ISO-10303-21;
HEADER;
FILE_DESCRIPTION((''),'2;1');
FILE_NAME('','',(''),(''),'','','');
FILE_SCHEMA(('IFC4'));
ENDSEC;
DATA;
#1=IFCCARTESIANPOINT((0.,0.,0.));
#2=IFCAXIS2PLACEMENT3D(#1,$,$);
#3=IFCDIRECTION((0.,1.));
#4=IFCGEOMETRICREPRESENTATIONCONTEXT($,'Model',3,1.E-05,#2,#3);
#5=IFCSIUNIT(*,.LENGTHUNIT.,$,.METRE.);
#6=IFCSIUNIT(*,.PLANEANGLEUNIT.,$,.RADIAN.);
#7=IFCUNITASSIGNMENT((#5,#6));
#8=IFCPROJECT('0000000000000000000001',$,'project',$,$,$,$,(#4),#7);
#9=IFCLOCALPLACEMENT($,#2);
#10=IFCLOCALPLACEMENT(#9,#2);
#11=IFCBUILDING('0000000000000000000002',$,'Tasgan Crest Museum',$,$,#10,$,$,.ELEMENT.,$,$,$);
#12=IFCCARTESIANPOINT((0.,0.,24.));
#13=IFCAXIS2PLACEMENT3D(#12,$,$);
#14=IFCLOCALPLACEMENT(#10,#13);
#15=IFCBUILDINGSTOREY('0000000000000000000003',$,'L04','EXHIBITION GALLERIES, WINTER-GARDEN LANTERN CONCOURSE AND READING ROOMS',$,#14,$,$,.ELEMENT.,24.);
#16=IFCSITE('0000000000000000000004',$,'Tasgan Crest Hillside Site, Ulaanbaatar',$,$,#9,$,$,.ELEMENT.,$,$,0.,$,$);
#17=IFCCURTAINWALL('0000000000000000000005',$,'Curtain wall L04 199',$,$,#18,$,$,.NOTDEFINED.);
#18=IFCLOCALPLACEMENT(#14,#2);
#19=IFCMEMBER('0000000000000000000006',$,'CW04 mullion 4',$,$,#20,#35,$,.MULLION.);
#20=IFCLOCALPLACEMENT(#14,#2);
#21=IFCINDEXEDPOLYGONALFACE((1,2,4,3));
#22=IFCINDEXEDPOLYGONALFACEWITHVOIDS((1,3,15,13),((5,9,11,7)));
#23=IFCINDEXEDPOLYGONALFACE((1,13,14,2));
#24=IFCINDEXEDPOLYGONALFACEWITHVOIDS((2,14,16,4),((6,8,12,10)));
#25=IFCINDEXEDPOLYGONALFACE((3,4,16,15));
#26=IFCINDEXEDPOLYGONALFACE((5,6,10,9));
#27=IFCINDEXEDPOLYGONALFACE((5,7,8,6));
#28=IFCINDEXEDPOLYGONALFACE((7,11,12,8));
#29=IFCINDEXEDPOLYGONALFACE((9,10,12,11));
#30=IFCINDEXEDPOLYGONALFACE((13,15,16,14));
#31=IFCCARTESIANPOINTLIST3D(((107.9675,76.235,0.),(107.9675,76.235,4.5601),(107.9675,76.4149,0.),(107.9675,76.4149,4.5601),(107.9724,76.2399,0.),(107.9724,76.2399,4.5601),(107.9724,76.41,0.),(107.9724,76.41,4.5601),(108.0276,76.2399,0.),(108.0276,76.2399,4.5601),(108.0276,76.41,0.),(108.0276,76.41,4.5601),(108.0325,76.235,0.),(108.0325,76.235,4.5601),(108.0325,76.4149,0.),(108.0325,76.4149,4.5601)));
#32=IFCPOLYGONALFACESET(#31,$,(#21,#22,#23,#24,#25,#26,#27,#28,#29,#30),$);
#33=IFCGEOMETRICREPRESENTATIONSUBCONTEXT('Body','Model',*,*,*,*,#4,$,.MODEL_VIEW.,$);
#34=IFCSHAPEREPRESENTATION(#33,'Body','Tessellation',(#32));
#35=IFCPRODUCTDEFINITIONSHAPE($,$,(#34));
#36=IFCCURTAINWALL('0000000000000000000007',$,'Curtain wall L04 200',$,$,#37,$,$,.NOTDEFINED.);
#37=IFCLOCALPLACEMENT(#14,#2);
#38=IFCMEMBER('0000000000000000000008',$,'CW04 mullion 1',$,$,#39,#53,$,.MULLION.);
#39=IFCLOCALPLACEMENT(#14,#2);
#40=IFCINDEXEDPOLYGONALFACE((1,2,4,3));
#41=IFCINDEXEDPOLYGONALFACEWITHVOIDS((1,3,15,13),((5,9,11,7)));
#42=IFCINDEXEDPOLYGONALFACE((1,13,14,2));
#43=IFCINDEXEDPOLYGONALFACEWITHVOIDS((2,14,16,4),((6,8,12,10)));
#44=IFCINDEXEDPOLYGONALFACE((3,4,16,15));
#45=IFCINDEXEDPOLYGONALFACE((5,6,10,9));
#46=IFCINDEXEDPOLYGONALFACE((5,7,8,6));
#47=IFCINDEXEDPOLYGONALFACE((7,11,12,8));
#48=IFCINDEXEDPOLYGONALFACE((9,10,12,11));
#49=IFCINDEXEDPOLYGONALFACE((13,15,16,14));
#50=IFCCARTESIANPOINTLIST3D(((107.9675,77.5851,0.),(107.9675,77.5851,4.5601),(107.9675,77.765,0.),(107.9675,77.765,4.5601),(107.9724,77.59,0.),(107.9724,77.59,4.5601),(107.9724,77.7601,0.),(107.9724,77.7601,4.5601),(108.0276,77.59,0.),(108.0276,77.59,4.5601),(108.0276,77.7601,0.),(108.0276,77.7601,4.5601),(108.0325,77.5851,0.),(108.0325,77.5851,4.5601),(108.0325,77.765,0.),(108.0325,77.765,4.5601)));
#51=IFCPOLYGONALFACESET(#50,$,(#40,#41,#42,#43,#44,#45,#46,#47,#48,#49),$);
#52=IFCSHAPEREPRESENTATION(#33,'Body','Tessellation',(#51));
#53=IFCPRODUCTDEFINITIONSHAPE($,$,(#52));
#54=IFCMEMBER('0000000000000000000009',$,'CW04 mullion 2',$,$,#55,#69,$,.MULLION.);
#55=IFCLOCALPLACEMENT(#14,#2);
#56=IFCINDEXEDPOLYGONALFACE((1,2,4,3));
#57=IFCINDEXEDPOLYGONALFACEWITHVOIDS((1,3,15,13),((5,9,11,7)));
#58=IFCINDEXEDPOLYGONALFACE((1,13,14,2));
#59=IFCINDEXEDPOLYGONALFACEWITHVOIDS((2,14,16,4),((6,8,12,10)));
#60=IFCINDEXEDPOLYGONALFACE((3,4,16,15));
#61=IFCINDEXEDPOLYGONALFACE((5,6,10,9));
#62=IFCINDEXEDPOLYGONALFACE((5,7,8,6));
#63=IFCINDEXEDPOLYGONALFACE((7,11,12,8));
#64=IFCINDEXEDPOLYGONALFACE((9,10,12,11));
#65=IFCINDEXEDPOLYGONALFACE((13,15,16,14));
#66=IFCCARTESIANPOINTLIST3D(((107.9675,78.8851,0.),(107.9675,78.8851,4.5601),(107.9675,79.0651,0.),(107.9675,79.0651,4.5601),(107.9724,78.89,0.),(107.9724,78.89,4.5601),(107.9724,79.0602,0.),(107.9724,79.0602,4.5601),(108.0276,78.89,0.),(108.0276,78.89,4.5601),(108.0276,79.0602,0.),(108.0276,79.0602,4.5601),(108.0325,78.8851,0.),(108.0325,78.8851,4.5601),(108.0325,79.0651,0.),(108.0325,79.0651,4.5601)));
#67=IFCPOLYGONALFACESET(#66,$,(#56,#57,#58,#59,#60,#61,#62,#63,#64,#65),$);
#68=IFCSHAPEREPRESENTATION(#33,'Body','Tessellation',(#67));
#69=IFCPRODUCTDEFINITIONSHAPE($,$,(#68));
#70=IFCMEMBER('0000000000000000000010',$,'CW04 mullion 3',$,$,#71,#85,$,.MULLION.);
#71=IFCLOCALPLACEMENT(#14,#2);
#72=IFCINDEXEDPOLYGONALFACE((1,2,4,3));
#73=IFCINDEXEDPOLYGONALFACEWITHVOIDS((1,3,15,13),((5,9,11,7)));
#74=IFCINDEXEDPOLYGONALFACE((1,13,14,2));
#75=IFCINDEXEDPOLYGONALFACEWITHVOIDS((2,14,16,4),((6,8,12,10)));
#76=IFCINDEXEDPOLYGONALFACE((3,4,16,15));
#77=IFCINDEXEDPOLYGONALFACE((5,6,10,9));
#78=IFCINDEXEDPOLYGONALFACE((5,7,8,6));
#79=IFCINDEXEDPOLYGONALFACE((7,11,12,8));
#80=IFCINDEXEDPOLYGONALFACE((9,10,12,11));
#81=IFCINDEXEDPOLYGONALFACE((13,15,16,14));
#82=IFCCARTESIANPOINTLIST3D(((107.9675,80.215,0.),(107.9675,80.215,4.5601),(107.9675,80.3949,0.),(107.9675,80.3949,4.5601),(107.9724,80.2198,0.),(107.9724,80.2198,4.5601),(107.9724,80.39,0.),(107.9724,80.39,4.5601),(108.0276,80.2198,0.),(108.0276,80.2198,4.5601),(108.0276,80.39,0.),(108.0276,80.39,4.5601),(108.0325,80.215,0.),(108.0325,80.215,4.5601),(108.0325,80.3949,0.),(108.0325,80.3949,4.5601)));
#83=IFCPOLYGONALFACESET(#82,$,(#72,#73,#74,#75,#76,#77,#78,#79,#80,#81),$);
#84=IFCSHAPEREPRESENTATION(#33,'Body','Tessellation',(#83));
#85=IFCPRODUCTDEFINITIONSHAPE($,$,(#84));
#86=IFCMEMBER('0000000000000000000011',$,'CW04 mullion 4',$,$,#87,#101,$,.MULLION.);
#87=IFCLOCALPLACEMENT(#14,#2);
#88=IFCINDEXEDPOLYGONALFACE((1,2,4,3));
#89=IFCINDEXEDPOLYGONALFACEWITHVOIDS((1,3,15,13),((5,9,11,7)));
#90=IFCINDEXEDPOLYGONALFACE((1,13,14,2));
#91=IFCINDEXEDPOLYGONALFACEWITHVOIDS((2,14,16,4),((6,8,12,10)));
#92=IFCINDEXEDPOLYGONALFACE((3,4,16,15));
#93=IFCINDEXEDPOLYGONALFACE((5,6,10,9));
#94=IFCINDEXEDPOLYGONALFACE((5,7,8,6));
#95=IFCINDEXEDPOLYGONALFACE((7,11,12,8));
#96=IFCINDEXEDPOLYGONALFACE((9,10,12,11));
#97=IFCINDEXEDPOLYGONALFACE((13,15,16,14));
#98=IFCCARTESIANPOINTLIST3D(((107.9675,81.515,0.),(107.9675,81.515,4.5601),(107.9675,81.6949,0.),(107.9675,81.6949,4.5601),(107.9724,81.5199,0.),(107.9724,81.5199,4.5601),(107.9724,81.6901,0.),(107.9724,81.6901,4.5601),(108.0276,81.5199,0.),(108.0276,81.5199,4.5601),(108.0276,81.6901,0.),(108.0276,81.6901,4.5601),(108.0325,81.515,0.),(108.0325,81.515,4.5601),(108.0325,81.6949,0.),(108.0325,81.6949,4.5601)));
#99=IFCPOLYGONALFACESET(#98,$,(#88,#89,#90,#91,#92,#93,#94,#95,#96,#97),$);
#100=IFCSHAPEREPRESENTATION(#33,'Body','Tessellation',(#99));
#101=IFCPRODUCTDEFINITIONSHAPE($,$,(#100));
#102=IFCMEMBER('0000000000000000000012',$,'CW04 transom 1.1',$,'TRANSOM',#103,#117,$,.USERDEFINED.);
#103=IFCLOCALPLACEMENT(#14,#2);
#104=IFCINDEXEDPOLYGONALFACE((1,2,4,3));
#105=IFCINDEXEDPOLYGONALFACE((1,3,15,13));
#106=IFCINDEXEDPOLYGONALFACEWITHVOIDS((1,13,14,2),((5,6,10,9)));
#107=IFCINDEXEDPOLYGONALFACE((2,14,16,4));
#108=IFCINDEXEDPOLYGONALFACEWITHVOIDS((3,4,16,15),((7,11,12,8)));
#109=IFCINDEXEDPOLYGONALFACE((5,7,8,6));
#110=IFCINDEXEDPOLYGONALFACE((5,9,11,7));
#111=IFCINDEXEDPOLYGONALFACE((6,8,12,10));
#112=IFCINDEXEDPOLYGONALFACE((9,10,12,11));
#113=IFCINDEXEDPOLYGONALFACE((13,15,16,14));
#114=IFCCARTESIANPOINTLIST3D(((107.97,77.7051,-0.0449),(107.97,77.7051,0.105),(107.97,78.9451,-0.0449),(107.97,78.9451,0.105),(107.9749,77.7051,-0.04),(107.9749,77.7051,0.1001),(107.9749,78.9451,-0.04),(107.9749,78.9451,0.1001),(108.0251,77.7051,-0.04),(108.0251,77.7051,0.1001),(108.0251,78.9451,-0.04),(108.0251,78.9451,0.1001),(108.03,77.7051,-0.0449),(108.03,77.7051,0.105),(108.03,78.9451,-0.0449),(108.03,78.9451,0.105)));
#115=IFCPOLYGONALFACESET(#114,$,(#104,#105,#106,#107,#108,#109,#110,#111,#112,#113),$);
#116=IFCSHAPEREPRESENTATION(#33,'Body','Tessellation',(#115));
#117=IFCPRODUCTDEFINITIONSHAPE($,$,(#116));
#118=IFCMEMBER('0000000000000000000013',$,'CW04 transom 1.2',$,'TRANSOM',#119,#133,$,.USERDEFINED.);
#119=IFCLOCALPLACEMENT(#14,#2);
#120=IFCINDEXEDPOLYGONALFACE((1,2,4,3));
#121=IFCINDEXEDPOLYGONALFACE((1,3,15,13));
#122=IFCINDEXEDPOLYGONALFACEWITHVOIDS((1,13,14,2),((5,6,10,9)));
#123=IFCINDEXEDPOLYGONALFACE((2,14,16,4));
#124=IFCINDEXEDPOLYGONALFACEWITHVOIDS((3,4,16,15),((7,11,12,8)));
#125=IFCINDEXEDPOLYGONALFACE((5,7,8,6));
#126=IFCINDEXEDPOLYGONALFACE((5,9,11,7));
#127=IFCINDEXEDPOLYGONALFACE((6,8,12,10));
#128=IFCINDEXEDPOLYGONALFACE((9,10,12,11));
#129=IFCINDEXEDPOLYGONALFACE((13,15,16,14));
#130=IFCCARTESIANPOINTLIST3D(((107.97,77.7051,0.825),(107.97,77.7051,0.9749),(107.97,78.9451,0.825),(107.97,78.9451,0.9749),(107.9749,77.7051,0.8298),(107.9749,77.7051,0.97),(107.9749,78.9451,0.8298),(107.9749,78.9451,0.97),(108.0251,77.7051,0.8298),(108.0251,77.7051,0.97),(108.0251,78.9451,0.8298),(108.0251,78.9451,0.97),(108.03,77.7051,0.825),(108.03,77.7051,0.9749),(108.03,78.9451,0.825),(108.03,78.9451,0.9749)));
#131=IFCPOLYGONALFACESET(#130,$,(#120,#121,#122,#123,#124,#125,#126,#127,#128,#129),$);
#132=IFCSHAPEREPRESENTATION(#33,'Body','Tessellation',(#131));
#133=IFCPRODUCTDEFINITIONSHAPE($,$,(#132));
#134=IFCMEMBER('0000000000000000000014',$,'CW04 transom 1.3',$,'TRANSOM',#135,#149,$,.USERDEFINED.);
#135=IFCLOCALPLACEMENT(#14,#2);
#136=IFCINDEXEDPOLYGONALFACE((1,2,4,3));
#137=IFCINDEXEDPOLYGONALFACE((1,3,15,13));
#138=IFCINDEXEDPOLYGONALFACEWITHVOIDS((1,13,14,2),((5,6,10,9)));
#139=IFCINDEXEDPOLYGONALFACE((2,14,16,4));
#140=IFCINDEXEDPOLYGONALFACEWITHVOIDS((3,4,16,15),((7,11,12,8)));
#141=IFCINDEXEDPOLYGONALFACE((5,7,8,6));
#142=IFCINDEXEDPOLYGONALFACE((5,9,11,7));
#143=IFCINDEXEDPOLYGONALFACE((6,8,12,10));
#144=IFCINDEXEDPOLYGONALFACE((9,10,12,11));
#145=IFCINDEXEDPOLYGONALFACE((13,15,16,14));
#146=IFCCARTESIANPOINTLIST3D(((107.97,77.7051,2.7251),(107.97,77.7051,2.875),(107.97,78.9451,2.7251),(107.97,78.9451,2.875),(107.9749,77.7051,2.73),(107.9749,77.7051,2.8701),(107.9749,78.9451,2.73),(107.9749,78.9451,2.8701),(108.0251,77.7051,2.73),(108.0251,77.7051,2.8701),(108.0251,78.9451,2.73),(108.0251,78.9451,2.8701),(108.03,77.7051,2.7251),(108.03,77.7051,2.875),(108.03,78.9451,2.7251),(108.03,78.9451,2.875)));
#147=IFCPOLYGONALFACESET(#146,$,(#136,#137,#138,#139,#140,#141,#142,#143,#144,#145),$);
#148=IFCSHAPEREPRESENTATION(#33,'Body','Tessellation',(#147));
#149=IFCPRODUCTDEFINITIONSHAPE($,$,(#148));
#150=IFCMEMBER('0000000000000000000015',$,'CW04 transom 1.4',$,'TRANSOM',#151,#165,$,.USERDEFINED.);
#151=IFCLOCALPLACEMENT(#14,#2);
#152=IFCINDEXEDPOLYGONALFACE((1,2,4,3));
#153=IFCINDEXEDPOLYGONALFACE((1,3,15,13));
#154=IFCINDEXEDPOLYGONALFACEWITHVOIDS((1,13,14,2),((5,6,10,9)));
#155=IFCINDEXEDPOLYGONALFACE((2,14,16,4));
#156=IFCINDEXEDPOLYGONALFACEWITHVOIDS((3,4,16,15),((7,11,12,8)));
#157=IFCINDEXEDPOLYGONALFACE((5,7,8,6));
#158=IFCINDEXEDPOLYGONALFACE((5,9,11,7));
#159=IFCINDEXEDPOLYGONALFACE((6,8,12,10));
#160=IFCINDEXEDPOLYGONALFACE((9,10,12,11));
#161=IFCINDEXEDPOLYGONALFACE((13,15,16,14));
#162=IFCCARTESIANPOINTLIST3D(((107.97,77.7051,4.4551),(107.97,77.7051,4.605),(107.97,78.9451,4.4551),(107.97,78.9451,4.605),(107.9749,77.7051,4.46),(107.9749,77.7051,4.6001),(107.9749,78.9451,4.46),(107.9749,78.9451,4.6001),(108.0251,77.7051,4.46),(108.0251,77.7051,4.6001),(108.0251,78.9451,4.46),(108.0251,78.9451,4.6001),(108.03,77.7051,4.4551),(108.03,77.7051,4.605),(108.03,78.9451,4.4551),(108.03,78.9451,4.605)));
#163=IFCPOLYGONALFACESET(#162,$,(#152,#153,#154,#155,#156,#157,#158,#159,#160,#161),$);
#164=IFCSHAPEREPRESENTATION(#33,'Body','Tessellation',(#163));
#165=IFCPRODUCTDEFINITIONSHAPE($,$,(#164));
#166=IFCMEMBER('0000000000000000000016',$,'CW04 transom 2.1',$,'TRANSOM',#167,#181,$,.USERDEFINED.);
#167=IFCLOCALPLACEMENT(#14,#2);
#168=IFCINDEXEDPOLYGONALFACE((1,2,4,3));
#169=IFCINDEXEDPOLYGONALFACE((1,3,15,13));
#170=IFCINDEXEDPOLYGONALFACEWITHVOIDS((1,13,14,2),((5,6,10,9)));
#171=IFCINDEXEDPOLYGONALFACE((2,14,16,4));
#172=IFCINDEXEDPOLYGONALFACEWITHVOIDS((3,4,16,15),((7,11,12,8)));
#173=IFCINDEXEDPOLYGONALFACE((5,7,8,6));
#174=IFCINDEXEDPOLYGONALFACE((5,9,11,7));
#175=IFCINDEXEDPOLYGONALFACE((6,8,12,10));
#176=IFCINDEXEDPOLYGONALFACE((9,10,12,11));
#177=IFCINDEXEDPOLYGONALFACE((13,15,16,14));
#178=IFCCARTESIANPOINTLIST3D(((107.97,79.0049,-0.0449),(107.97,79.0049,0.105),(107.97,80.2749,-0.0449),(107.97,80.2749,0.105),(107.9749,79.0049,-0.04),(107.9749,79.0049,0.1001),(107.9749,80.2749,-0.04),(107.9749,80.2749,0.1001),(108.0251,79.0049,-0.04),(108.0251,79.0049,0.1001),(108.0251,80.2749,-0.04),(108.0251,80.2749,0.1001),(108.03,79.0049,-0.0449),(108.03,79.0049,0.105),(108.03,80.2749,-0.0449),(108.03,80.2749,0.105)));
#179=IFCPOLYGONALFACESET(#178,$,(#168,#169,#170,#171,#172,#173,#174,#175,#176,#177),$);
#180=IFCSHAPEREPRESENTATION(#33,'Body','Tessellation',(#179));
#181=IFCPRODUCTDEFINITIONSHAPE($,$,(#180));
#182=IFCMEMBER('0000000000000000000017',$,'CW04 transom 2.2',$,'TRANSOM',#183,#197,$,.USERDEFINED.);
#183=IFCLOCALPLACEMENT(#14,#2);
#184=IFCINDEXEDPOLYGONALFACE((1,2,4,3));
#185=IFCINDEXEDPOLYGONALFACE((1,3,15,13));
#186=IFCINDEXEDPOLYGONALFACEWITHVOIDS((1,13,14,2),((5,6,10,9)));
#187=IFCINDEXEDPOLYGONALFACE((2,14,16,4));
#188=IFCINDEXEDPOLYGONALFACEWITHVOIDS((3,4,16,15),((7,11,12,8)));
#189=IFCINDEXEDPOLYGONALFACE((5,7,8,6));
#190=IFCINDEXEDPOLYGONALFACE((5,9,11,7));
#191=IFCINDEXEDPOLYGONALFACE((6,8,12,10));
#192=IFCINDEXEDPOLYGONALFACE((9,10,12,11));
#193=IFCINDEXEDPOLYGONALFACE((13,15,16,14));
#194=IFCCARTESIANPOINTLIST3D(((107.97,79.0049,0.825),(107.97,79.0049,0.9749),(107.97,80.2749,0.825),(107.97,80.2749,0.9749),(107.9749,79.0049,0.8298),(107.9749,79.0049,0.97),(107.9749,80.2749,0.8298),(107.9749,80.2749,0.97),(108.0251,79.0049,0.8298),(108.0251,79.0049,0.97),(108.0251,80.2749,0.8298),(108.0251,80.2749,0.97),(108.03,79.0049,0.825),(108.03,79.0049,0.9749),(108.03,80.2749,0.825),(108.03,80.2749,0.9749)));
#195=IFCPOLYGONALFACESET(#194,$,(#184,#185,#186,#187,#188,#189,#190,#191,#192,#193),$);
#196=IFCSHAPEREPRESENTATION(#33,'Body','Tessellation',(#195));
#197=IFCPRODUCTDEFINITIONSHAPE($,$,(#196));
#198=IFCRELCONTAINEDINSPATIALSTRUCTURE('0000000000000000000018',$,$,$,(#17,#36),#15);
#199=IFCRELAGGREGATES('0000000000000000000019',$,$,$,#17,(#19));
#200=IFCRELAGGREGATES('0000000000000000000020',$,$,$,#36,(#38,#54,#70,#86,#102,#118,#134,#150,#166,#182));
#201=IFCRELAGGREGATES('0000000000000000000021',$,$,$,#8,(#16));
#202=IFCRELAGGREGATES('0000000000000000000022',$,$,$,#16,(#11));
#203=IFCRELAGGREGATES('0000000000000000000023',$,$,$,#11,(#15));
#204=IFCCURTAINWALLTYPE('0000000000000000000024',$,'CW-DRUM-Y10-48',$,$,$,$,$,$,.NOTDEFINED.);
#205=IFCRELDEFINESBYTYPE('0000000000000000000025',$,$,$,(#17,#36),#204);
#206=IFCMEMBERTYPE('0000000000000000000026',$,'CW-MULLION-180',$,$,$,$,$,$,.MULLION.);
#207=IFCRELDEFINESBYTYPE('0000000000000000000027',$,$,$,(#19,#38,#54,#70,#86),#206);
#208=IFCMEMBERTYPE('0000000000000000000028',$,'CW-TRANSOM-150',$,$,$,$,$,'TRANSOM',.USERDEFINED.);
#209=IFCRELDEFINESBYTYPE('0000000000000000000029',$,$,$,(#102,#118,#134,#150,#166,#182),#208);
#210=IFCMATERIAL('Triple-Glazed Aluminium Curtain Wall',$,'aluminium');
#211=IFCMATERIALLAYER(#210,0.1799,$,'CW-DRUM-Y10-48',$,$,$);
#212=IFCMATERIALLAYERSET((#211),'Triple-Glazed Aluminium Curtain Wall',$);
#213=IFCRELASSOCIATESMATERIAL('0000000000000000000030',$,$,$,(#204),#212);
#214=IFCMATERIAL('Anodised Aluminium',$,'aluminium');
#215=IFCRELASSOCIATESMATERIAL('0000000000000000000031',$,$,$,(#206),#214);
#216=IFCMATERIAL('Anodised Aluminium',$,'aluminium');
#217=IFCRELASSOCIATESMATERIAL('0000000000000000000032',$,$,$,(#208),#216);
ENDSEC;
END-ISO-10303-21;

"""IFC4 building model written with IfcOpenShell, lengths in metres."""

from ifc_helpers import new_model, si_unit, direction, frame, origin, origin_2d, place, context, subcontext, project, spatial, hollow_rectangle, extrude, material, layer, layer_set, material_profile, profile_set, type_object, element, aggregate, save


model = new_model("IFC4")

# Units and contexts
model_context = context("Model", 3, precision=1e-05, world=origin(), true_north=direction((0.0, 1.0)))
body_context = subcontext(model_context, "Body", "Model", "MODEL_VIEW")
ifc_project = project(units=[si_unit("LENGTHUNIT", "METRE"), si_unit("PLANEANGLEUNIT", "RADIAN")], contexts=[model_context])

# Site, building, storey
site_placement = place(None, origin())
site = spatial("IfcSite", under=ifc_project, at=site_placement, Name="Tasgan Crest Hillside Site, Ulaanbaatar", CompositionType="ELEMENT", RefElevation=0.0)
building_placement = place(site_placement, origin())
building = spatial("IfcBuilding", under=site, at=building_placement, Name="Tasgan Crest Museum", CompositionType="ELEMENT")
storey_placement = place(building_placement, frame((0.0, 0.0, 24.0)))
storey = spatial("IfcBuildingStorey", under=building, at=storey_placement, Name="L04", Description="EXHIBITION GALLERIES, WINTER-GARDEN LANTERN CONCOURSE AND READING ROOMS", CompositionType="ELEMENT", Elevation=24.0)

# Curtain wall, member
ifc_material_1 = material(Name="Triple-Glazed Aluminium Curtain Wall", Category="aluminium")
ifc_layer_1 = layer(ifc_material_1, 0.1799, Name="CW-DRUM-Y10-48")
ifc_layer_set_1 = layer_set([ifc_layer_1], Name="Triple-Glazed Aluminium Curtain Wall")
curtain_wall_type = type_object("IfcCurtainWallType", Name="CW-DRUM-Y10-48", PredefinedType="NOTDEFINED", material=ifc_layer_set_1)
curtain_wall_1_placement = place(storey_placement, origin())
curtain_wall_1 = element("IfcCurtainWall", 1, at=curtain_wall_1_placement, inside=storey, type_object=curtain_wall_type, Name="Curtain wall L04 199", PredefinedType="NOTDEFINED")
ifc_material_2 = material(Name="Anodised Aluminium", Category="aluminium")
ifc_material_profile_1 = material_profile(ifc_material_2, hollow_rectangle(XDim=0.0649, YDim=0.1799, WallThickness=0.0049, at=origin_2d()), Name="ALU MULLION 180x65x5")
ifc_profile_set_1 = profile_set([ifc_material_profile_1], Name="Anodised Aluminium")
member_type_1 = type_object("IfcMemberType", Name="CW-MULLION-180", PredefinedType="MULLION", material=ifc_profile_set_1)
member_1_placement = place(storey_placement, frame((108.0, 76.325, 0.0), z_axis=(0.0, 0.0, 1.0), x_axis=(-1.0, 0.0, 0.0)))
member_1 = element("IfcMember", 2, at=member_1_placement, type_object=member_type_1, Name="CW04 mullion 4", PredefinedType="MULLION", context=body_context, shape_type="SweptSolid", body=[
    extrude(hollow_rectangle(XDim=0.0649, YDim=0.1799, WallThickness=0.0049, at=origin_2d()), origin(), (0.0, 0.0, 1.0), 4.5601),
])

# Curtain wall, members
curtain_wall_2_placement = place(storey_placement, origin())
curtain_wall_2 = element("IfcCurtainWall", 3, at=curtain_wall_2_placement, inside=storey, type_object=curtain_wall_type, Name="Curtain wall L04 200", PredefinedType="NOTDEFINED")
member_2_placement = place(storey_placement, frame((108.0, 77.675, 0.0), z_axis=(0.0, 0.0, 1.0), x_axis=(-1.0, 0.0, 0.0)))
member_2 = element("IfcMember", 4, at=member_2_placement, type_object=member_type_1, Name="CW04 mullion 1", PredefinedType="MULLION", context=body_context, shape_type="SweptSolid", body=[
    extrude(hollow_rectangle(XDim=0.0649, YDim=0.1799, WallThickness=0.0049, at=origin_2d()), origin(), (0.0, 0.0, 1.0), 4.5601),
])
member_3_placement = place(storey_placement, frame((108.0, 78.9751, 0.0), z_axis=(0.0, 0.0, 1.0), x_axis=(-1.0, 0.0, 0.0)))
member_3 = element("IfcMember", 5, at=member_3_placement, type_object=member_type_1, Name="CW04 mullion 2", PredefinedType="MULLION", context=body_context, shape_type="SweptSolid", body=[
    extrude(hollow_rectangle(XDim=0.0649, YDim=0.1799, WallThickness=0.0049, at=origin_2d()), origin(), (0.0, 0.0, 1.0), 4.5601),
])
member_4_placement = place(storey_placement, frame((108.0, 80.3049, 0.0), z_axis=(0.0, 0.0, 1.0), x_axis=(-1.0, 0.0, 0.0)))
member_4 = element("IfcMember", 6, at=member_4_placement, type_object=member_type_1, Name="CW04 mullion 3", PredefinedType="MULLION", context=body_context, shape_type="SweptSolid", body=[
    extrude(hollow_rectangle(XDim=0.0649, YDim=0.1799, WallThickness=0.0049, at=origin_2d()), origin(), (0.0, 0.0, 1.0), 4.5601),
])
member_5_placement = place(storey_placement, frame((108.0, 81.605, 0.0), z_axis=(0.0, 0.0, 1.0), x_axis=(-1.0, 0.0, 0.0)))
member_5 = element("IfcMember", 7, at=member_5_placement, type_object=member_type_1, Name="CW04 mullion 4", PredefinedType="MULLION", context=body_context, shape_type="SweptSolid", body=[
    extrude(hollow_rectangle(XDim=0.0649, YDim=0.1799, WallThickness=0.0049, at=origin_2d()), origin(), (0.0, 0.0, 1.0), 4.5601),
])
ifc_material_3 = material(Name="Anodised Aluminium", Category="aluminium")
ifc_material_profile_2 = material_profile(ifc_material_3, hollow_rectangle(XDim=0.0601, YDim=0.1499, WallThickness=0.0049, at=origin_2d()), Name="ALU TRANSOM 150x60x5")
ifc_profile_set_2 = profile_set([ifc_material_profile_2], Name="Anodised Aluminium")
member_type_2 = type_object("IfcMemberType", Name="CW-TRANSOM-150", ElementType="TRANSOM", PredefinedType="USERDEFINED", material=ifc_profile_set_2)
member_6_placement = place(storey_placement, frame((108.0, 77.7051, 0.03), z_axis=(0.0, 1.0, 0.0), x_axis=(-1.0, 0.0, 0.0)))
member_6 = element("IfcMember", 8, at=member_6_placement, type_object=member_type_2, Name="CW04 transom 1.1", ObjectType="TRANSOM", PredefinedType="USERDEFINED", context=body_context, shape_type="SweptSolid", body=[
    extrude(hollow_rectangle(XDim=0.0601, YDim=0.1499, WallThickness=0.0049, at=origin_2d()), origin(), (0.0, 0.0, 1.0), 1.24),
])
member_7_placement = place(storey_placement, frame((108.0, 77.7051, 0.8999), z_axis=(0.0, 1.0, 0.0), x_axis=(-1.0, 0.0, 0.0)))
member_7 = element("IfcMember", 9, at=member_7_placement, type_object=member_type_2, Name="CW04 transom 1.2", ObjectType="TRANSOM", PredefinedType="USERDEFINED", context=body_context, shape_type="SweptSolid", body=[
    extrude(hollow_rectangle(XDim=0.0601, YDim=0.1499, WallThickness=0.0049, at=origin_2d()), origin(), (0.0, 0.0, 1.0), 1.24),
])
member_8_placement = place(storey_placement, frame((108.0, 77.7051, 2.8), z_axis=(0.0, 1.0, 0.0), x_axis=(-1.0, 0.0, 0.0)))
member_8 = element("IfcMember", 10, at=member_8_placement, type_object=member_type_2, Name="CW04 transom 1.3", ObjectType="TRANSOM", PredefinedType="USERDEFINED", context=body_context, shape_type="SweptSolid", body=[
    extrude(hollow_rectangle(XDim=0.0601, YDim=0.1499, WallThickness=0.0049, at=origin_2d()), origin(), (0.0, 0.0, 1.0), 1.24),
])
member_9_placement = place(storey_placement, frame((108.0, 77.7051, 4.53), z_axis=(0.0, 1.0, 0.0), x_axis=(-1.0, 0.0, 0.0)))
member_9 = element("IfcMember", 11, at=member_9_placement, type_object=member_type_2, Name="CW04 transom 1.4", ObjectType="TRANSOM", PredefinedType="USERDEFINED", context=body_context, shape_type="SweptSolid", body=[
    extrude(hollow_rectangle(XDim=0.0601, YDim=0.1499, WallThickness=0.0049, at=origin_2d()), origin(), (0.0, 0.0, 1.0), 1.24),
])
member_10_placement = place(storey_placement, frame((108.0, 79.0049, 0.03), z_axis=(0.0, 1.0, 0.0), x_axis=(-1.0, 0.0, 0.0)))
member_10 = element("IfcMember", 12, at=member_10_placement, type_object=member_type_2, Name="CW04 transom 2.1", ObjectType="TRANSOM", PredefinedType="USERDEFINED", context=body_context, shape_type="SweptSolid", body=[
    extrude(hollow_rectangle(XDim=0.0601, YDim=0.1499, WallThickness=0.0049, at=origin_2d()), origin(), (0.0, 0.0, 1.0), 1.27),
])
member_11_placement = place(storey_placement, frame((108.0, 79.0049, 0.8999), z_axis=(0.0, 1.0, 0.0), x_axis=(-1.0, 0.0, 0.0)))
member_11 = element("IfcMember", 13, at=member_11_placement, type_object=member_type_2, Name="CW04 transom 2.2", ObjectType="TRANSOM", PredefinedType="USERDEFINED", context=body_context, shape_type="SweptSolid", body=[
    extrude(hollow_rectangle(XDim=0.0601, YDim=0.1499, WallThickness=0.0049, at=origin_2d()), origin(), (0.0, 0.0, 1.0), 1.27),
])

aggregate(curtain_wall_1, [member_1])
aggregate(curtain_wall_2, [member_2, member_3, member_4, member_5, member_6, member_7, member_8, member_9, member_10, member_11])

save(model, "model.ifc")
